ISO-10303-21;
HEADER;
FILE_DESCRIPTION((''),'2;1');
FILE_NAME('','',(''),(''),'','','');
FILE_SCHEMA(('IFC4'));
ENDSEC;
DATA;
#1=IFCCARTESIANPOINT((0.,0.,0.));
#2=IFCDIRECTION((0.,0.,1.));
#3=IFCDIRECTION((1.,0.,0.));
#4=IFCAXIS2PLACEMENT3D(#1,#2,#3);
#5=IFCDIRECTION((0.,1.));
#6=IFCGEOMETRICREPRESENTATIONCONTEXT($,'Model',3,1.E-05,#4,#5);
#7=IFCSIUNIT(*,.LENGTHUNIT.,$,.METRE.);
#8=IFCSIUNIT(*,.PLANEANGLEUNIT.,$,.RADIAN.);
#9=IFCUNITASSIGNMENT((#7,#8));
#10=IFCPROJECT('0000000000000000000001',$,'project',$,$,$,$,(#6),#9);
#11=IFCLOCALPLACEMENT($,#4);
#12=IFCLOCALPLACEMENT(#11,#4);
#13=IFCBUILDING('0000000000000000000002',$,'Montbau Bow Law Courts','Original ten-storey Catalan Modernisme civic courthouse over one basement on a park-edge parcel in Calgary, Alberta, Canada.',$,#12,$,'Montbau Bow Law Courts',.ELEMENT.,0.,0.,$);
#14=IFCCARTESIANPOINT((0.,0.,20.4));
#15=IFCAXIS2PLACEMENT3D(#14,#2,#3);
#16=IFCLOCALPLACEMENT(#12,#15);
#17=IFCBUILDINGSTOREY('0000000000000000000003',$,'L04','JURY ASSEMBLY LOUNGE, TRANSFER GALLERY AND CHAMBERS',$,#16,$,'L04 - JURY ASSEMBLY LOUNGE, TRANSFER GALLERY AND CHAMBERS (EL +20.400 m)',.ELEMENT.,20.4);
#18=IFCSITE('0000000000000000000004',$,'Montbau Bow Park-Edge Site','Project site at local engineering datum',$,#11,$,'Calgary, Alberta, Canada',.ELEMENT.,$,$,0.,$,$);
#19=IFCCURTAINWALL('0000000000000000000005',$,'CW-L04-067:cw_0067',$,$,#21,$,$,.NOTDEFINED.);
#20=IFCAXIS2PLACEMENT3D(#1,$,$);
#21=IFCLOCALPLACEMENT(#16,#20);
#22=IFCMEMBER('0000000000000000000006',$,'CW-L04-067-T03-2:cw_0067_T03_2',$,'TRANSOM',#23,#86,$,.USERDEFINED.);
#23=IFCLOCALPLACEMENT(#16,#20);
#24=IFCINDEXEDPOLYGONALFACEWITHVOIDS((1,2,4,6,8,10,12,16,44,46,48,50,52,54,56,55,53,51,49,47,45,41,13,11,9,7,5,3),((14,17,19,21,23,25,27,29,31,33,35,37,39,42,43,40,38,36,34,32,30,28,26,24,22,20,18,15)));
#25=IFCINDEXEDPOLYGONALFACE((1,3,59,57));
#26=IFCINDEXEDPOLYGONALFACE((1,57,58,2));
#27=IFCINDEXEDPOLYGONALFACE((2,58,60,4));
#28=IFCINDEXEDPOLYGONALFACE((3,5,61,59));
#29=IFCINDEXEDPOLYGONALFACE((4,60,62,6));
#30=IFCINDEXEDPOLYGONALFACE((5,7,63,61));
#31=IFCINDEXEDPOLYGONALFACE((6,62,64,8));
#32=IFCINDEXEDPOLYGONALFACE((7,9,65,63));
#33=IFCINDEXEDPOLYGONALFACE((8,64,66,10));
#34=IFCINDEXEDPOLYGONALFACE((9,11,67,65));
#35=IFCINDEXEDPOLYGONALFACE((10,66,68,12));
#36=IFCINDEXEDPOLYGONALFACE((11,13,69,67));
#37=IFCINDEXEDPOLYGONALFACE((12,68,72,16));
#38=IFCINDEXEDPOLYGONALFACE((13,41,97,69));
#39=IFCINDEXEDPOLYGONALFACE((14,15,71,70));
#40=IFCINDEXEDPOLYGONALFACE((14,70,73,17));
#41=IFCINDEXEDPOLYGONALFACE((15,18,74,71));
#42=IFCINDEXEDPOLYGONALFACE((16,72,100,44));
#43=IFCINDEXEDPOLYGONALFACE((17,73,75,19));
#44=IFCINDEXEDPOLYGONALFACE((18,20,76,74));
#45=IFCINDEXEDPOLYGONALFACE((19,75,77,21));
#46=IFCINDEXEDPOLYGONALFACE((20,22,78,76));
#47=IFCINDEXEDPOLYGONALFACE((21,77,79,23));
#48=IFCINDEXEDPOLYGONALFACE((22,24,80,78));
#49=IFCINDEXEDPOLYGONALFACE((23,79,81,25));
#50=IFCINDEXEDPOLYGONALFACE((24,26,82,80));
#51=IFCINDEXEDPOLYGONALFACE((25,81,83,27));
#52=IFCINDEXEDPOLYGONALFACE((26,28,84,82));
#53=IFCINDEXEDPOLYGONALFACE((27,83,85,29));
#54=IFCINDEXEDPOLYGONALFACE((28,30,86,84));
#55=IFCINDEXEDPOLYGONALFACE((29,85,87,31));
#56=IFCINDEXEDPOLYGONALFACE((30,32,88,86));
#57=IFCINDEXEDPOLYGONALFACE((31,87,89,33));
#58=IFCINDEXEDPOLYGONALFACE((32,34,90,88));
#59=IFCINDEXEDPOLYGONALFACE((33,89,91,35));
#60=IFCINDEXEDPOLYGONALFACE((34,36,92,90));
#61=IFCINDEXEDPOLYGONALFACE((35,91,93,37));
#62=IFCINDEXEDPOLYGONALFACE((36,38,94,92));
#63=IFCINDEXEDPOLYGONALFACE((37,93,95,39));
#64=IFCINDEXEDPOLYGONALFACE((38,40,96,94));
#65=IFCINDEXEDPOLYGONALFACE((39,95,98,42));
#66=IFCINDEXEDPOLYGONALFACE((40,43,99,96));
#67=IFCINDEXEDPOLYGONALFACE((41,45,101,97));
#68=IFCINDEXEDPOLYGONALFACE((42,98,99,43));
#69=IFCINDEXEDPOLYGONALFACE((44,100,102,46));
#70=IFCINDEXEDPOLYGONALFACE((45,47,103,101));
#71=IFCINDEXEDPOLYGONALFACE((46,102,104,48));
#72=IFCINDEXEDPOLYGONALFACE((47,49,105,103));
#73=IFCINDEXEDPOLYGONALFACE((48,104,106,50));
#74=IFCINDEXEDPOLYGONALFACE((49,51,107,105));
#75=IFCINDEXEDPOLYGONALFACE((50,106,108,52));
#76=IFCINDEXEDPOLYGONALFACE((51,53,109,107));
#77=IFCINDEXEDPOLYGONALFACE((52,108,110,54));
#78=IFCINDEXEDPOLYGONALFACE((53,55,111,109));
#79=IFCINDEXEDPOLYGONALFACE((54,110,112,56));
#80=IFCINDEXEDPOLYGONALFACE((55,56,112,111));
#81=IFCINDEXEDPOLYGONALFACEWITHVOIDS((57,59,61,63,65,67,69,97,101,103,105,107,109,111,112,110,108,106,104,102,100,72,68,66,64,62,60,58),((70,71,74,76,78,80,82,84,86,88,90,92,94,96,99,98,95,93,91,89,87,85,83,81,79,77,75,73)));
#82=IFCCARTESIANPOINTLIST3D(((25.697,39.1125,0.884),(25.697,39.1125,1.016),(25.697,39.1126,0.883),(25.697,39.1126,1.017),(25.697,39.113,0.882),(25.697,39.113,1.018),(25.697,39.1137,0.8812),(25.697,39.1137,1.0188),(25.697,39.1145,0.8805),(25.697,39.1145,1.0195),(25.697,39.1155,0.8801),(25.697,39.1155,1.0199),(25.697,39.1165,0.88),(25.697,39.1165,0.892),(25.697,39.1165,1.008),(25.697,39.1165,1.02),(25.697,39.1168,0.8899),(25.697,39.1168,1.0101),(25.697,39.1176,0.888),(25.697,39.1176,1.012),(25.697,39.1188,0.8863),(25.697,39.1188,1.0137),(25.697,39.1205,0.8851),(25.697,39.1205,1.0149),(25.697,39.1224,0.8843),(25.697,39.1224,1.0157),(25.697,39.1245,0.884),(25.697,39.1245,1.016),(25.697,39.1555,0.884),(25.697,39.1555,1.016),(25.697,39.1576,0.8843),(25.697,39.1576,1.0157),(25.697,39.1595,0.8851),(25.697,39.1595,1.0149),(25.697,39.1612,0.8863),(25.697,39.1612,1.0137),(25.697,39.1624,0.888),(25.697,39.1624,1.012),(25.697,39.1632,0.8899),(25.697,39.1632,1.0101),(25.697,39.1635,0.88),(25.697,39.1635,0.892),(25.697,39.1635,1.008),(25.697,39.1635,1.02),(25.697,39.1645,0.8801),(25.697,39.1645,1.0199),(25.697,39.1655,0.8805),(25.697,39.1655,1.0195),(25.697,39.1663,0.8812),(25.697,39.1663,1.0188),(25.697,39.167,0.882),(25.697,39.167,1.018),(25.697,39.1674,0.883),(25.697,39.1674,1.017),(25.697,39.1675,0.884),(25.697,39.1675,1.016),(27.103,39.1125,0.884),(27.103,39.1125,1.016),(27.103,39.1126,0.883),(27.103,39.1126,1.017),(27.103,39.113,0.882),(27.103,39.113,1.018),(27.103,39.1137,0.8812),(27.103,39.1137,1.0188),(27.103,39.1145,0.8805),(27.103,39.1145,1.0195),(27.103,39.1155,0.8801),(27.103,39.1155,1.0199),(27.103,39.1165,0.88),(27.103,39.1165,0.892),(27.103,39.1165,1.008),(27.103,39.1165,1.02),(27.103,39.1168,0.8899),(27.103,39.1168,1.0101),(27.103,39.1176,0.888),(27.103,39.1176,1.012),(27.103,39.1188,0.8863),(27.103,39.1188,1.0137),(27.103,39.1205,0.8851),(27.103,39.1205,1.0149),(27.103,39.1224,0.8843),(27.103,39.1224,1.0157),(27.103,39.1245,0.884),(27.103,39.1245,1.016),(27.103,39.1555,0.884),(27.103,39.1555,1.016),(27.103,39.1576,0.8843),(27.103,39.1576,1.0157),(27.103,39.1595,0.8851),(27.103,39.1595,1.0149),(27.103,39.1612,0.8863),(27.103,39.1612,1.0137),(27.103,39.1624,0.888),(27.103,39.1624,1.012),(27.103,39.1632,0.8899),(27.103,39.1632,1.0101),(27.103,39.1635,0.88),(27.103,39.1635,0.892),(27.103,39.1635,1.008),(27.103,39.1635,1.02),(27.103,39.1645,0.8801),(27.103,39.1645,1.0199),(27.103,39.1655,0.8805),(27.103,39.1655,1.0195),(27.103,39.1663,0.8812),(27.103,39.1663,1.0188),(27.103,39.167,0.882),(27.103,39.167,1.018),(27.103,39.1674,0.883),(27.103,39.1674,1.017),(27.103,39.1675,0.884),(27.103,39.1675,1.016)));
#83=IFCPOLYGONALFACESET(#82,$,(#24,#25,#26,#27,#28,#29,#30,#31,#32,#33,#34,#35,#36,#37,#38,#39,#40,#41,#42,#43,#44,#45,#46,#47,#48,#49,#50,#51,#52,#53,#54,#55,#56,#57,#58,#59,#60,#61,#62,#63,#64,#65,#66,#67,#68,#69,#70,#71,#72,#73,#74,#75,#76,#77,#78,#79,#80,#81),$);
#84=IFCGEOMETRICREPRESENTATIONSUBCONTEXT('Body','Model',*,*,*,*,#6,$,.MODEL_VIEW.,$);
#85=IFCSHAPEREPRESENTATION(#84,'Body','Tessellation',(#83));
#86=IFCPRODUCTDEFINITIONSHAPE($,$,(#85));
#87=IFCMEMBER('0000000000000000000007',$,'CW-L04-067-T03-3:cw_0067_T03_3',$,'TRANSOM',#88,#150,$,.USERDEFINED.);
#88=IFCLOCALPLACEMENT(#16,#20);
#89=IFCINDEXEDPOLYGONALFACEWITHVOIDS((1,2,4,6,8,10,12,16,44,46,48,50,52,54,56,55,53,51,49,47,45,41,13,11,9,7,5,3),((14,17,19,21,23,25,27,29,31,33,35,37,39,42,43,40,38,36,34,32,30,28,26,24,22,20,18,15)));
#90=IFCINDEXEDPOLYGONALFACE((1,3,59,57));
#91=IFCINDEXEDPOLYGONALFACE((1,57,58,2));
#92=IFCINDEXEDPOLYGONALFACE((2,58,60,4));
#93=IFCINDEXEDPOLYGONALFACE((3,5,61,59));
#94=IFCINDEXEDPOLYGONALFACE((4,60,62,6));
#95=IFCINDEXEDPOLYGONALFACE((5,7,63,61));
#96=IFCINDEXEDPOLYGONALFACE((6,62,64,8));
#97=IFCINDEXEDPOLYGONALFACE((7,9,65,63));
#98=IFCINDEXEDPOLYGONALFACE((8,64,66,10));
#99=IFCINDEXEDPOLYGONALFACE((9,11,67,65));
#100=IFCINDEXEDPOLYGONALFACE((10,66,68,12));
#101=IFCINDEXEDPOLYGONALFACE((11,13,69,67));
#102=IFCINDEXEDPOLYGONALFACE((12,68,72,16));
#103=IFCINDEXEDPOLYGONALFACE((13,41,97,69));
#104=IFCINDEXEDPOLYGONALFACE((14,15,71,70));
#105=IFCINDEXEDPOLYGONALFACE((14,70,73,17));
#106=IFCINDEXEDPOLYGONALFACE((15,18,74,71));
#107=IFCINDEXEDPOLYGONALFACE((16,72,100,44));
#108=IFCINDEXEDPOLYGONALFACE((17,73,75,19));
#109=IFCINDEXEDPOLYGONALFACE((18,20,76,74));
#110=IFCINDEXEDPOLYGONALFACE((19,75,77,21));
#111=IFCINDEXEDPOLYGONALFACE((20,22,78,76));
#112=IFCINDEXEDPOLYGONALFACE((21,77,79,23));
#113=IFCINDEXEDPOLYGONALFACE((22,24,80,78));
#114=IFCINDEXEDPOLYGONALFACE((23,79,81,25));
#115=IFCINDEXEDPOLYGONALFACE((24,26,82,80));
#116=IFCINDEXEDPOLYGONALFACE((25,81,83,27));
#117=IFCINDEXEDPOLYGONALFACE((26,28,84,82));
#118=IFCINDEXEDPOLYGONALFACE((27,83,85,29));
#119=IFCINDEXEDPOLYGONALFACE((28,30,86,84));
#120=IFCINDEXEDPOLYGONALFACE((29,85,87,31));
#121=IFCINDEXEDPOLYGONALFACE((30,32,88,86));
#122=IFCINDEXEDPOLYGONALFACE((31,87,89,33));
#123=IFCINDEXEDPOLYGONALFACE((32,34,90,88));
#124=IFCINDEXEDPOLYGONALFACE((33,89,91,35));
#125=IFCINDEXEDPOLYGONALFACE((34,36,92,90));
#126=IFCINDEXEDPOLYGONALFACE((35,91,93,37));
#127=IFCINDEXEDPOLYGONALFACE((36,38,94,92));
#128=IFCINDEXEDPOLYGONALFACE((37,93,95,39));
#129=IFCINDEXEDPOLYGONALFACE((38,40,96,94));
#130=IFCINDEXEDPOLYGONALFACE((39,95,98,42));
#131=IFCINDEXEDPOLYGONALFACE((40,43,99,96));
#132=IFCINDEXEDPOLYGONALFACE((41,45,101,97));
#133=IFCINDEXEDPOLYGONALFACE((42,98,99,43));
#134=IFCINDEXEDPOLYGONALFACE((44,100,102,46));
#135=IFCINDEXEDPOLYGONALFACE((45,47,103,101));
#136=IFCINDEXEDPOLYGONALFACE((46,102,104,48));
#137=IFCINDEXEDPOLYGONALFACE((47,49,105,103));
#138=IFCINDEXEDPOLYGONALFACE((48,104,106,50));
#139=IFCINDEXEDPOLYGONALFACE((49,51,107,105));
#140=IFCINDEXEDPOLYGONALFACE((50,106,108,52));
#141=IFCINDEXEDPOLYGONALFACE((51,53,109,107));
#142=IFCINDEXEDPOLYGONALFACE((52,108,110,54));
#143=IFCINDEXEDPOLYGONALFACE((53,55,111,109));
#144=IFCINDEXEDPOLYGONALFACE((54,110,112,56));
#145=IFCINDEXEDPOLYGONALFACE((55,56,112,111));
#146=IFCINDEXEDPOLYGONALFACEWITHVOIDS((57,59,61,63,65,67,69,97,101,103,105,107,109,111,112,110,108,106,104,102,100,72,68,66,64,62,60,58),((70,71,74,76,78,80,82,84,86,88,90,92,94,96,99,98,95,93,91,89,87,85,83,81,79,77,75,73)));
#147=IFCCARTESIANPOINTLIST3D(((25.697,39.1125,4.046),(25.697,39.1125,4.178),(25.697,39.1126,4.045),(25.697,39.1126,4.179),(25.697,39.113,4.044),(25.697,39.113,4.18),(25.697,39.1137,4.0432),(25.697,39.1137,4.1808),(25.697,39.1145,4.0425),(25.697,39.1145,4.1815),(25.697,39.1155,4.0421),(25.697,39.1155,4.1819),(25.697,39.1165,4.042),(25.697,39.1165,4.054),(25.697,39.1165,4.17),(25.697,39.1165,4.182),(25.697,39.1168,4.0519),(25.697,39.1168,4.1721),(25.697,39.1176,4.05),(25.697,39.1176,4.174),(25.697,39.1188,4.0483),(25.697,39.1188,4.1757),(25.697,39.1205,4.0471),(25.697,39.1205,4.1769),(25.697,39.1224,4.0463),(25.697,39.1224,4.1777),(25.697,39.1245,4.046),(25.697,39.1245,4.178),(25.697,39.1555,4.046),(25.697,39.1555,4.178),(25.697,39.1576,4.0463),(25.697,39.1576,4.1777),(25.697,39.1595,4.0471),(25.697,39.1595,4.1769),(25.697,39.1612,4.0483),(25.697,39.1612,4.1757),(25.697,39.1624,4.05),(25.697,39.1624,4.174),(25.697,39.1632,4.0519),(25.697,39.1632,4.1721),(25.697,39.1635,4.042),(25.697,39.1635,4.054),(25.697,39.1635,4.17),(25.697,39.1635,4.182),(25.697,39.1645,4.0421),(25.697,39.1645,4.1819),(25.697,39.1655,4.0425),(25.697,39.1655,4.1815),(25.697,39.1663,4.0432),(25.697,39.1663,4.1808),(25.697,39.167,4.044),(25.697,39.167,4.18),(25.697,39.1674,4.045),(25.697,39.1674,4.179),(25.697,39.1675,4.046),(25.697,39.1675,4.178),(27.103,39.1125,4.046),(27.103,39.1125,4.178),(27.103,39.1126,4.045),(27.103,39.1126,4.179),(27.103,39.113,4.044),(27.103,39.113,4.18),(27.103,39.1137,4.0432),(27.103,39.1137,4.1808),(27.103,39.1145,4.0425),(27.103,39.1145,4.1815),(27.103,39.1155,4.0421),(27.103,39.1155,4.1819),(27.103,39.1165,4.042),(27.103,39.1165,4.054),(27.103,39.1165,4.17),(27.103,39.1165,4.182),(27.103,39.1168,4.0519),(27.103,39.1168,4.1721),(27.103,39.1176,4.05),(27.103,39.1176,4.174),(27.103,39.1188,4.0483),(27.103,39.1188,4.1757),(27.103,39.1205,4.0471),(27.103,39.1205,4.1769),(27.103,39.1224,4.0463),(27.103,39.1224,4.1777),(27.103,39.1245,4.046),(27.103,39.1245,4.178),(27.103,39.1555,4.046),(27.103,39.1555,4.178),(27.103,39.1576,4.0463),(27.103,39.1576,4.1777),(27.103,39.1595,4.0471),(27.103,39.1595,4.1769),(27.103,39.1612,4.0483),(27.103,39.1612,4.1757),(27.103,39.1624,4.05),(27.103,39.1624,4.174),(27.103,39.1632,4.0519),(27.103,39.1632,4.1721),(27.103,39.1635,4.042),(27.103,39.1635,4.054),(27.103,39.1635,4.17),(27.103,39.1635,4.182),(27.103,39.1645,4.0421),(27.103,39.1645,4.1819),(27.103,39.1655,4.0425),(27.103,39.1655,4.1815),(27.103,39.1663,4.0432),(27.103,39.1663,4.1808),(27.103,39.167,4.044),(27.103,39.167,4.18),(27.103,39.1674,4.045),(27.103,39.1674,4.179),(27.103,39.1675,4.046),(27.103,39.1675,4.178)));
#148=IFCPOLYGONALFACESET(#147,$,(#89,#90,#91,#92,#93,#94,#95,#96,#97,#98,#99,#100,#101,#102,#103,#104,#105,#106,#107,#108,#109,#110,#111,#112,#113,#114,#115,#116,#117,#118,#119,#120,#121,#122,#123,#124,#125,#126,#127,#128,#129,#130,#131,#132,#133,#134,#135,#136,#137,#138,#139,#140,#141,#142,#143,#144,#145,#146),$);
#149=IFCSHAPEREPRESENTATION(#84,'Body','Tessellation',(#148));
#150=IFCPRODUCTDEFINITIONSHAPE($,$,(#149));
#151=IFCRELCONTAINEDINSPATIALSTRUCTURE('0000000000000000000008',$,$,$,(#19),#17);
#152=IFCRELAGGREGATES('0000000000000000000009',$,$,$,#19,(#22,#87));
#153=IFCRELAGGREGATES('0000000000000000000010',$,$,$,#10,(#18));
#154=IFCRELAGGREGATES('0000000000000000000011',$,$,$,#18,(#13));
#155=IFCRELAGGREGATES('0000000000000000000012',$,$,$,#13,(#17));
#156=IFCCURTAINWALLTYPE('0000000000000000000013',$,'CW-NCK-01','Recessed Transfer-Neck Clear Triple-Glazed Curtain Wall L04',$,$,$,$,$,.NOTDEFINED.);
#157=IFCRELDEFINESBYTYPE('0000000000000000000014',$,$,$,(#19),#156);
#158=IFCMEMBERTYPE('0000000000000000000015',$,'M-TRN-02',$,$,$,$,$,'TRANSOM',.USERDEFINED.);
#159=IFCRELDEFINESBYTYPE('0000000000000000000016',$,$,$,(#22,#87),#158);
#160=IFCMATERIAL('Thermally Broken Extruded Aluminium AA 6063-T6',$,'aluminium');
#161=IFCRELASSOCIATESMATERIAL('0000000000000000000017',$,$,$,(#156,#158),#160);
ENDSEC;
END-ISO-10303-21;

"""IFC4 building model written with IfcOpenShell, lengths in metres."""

from ifc_helpers import new_model, si_unit, direction, frame, origin_with_axes, origin_2d_with_axis, place, context, subcontext, project, spatial, hollow_rectangle, extrude, material, material_profile, profile_set, type_object, element, aggregate, save


model = new_model("IFC4")

# Units and contexts
model_context = context("Model", 3, precision=1e-05, world=origin_with_axes(), true_north=direction((0.0, 1.0)))
body_context = subcontext(model_context, "Body", "Model", "MODEL_VIEW")
ifc_project = project(units=[si_unit("LENGTHUNIT", "METRE"), si_unit("PLANEANGLEUNIT", "RADIAN")], contexts=[model_context])

# Site, building, storey
site_placement = place(None, origin_with_axes())
site = spatial("IfcSite", under=ifc_project, at=site_placement, Name="Montbau Bow Park-Edge Site", Description="Project site at local engineering datum", LongName="Calgary, Alberta, Canada", CompositionType="ELEMENT", RefElevation=0.0)
building_placement = place(site_placement, origin_with_axes())
building = spatial("IfcBuilding", under=site, at=building_placement, Name="Montbau Bow Law Courts", Description="Original ten-storey Catalan Modernisme civic courthouse over one basement on a park-edge parcel in Calgary, Alberta, Canada.", LongName="Montbau Bow Law Courts", CompositionType="ELEMENT", ElevationOfRefHeight=0.0, ElevationOfTerrain=0.0)
storey_placement = place(building_placement, frame((0.0, 0.0, 20.4), z_axis=(0.0, 0.0, 1.0), x_axis=(1.0, 0.0, 0.0)))
storey = spatial("IfcBuildingStorey", under=building, at=storey_placement, Name="L04", Description="JURY ASSEMBLY LOUNGE, TRANSFER GALLERY AND CHAMBERS", LongName="L04 - JURY ASSEMBLY LOUNGE, TRANSFER GALLERY AND CHAMBERS (EL +20.400 m)", CompositionType="ELEMENT", Elevation=20.4)

# Curtain wall, members
ifc_material_1 = material(Name="Thermally Broken Extruded Aluminium AA 6063-T6", Category="aluminium")
curtain_wall_type = type_object("IfcCurtainWallType", Name="CW-NCK-01", Description="Recessed Transfer-Neck Clear Triple-Glazed Curtain Wall L04", PredefinedType="NOTDEFINED", material=ifc_material_1)
curtain_wall_placement = place(None, frame((22.715, 39.14, 20.4), z_axis=(0.0, 0.0, 1.0), x_axis=(1.0, 0.0, 0.0)))
curtain_wall = element("IfcCurtainWall", 1, at=curtain_wall_placement, inside=storey, type_object=curtain_wall_type, Name="CW-L04-067:cw_0067", PredefinedType="NOTDEFINED")
ifc_material_profile_1 = material_profile(ifc_material_1, hollow_rectangle(XDim=0.055, YDim=0.14, WallThickness=0.004, InnerFilletRadius=0.008, OuterFilletRadius=0.004, at=origin_2d_with_axis()), Name="CWT-140X55", Category="Main", Priority=0)
ifc_profile_set_1 = profile_set([ifc_material_profile_1], Name="Thermally Broken Extruded Aluminium AA 6063-T6")
member_type_1 = type_object("IfcMemberType", Name="M-TRN-02", ElementType="TRANSOM", PredefinedType="USERDEFINED", material=ifc_profile_set_1)
member_1_placement = place(None, frame((25.697, 39.14, 21.35), z_axis=(1.0, 0.0, 0.0), x_axis=(0.0, 1.0, 0.0)))
member_1 = element("IfcMember", 2, at=member_1_placement, type_object=member_type_1, Name="CW-L04-067-T03-2:cw_0067_T03_2", ObjectType="TRANSOM", PredefinedType="USERDEFINED", context=body_context, shape_type="SweptSolid", body=[
    extrude(hollow_rectangle(XDim=0.055, YDim=0.14, WallThickness=0.004, InnerFilletRadius=0.008, OuterFilletRadius=0.004, at=origin_2d_with_axis()), origin_with_axes(), (0.0, 0.0, 1.0), 1.406),
])
member_2_placement = place(None, frame((25.697, 39.14, 24.512), z_axis=(1.0, 0.0, 0.0), x_axis=(0.0, 1.0, 0.0)))
member_2 = element("IfcMember", 3, at=member_2_placement, type_object=member_type_1, Name="CW-L04-067-T03-3:cw_0067_T03_3", ObjectType="TRANSOM", PredefinedType="USERDEFINED", context=body_context, shape_type="SweptSolid", body=[
    extrude(hollow_rectangle(XDim=0.055, YDim=0.14, WallThickness=0.004, InnerFilletRadius=0.008, OuterFilletRadius=0.004, at=origin_2d_with_axis()), origin_with_axes(), (0.0, 0.0, 1.0), 1.406),
])
aggregate(curtain_wall, [member_1, member_2])

save(model, "model.ifc")
